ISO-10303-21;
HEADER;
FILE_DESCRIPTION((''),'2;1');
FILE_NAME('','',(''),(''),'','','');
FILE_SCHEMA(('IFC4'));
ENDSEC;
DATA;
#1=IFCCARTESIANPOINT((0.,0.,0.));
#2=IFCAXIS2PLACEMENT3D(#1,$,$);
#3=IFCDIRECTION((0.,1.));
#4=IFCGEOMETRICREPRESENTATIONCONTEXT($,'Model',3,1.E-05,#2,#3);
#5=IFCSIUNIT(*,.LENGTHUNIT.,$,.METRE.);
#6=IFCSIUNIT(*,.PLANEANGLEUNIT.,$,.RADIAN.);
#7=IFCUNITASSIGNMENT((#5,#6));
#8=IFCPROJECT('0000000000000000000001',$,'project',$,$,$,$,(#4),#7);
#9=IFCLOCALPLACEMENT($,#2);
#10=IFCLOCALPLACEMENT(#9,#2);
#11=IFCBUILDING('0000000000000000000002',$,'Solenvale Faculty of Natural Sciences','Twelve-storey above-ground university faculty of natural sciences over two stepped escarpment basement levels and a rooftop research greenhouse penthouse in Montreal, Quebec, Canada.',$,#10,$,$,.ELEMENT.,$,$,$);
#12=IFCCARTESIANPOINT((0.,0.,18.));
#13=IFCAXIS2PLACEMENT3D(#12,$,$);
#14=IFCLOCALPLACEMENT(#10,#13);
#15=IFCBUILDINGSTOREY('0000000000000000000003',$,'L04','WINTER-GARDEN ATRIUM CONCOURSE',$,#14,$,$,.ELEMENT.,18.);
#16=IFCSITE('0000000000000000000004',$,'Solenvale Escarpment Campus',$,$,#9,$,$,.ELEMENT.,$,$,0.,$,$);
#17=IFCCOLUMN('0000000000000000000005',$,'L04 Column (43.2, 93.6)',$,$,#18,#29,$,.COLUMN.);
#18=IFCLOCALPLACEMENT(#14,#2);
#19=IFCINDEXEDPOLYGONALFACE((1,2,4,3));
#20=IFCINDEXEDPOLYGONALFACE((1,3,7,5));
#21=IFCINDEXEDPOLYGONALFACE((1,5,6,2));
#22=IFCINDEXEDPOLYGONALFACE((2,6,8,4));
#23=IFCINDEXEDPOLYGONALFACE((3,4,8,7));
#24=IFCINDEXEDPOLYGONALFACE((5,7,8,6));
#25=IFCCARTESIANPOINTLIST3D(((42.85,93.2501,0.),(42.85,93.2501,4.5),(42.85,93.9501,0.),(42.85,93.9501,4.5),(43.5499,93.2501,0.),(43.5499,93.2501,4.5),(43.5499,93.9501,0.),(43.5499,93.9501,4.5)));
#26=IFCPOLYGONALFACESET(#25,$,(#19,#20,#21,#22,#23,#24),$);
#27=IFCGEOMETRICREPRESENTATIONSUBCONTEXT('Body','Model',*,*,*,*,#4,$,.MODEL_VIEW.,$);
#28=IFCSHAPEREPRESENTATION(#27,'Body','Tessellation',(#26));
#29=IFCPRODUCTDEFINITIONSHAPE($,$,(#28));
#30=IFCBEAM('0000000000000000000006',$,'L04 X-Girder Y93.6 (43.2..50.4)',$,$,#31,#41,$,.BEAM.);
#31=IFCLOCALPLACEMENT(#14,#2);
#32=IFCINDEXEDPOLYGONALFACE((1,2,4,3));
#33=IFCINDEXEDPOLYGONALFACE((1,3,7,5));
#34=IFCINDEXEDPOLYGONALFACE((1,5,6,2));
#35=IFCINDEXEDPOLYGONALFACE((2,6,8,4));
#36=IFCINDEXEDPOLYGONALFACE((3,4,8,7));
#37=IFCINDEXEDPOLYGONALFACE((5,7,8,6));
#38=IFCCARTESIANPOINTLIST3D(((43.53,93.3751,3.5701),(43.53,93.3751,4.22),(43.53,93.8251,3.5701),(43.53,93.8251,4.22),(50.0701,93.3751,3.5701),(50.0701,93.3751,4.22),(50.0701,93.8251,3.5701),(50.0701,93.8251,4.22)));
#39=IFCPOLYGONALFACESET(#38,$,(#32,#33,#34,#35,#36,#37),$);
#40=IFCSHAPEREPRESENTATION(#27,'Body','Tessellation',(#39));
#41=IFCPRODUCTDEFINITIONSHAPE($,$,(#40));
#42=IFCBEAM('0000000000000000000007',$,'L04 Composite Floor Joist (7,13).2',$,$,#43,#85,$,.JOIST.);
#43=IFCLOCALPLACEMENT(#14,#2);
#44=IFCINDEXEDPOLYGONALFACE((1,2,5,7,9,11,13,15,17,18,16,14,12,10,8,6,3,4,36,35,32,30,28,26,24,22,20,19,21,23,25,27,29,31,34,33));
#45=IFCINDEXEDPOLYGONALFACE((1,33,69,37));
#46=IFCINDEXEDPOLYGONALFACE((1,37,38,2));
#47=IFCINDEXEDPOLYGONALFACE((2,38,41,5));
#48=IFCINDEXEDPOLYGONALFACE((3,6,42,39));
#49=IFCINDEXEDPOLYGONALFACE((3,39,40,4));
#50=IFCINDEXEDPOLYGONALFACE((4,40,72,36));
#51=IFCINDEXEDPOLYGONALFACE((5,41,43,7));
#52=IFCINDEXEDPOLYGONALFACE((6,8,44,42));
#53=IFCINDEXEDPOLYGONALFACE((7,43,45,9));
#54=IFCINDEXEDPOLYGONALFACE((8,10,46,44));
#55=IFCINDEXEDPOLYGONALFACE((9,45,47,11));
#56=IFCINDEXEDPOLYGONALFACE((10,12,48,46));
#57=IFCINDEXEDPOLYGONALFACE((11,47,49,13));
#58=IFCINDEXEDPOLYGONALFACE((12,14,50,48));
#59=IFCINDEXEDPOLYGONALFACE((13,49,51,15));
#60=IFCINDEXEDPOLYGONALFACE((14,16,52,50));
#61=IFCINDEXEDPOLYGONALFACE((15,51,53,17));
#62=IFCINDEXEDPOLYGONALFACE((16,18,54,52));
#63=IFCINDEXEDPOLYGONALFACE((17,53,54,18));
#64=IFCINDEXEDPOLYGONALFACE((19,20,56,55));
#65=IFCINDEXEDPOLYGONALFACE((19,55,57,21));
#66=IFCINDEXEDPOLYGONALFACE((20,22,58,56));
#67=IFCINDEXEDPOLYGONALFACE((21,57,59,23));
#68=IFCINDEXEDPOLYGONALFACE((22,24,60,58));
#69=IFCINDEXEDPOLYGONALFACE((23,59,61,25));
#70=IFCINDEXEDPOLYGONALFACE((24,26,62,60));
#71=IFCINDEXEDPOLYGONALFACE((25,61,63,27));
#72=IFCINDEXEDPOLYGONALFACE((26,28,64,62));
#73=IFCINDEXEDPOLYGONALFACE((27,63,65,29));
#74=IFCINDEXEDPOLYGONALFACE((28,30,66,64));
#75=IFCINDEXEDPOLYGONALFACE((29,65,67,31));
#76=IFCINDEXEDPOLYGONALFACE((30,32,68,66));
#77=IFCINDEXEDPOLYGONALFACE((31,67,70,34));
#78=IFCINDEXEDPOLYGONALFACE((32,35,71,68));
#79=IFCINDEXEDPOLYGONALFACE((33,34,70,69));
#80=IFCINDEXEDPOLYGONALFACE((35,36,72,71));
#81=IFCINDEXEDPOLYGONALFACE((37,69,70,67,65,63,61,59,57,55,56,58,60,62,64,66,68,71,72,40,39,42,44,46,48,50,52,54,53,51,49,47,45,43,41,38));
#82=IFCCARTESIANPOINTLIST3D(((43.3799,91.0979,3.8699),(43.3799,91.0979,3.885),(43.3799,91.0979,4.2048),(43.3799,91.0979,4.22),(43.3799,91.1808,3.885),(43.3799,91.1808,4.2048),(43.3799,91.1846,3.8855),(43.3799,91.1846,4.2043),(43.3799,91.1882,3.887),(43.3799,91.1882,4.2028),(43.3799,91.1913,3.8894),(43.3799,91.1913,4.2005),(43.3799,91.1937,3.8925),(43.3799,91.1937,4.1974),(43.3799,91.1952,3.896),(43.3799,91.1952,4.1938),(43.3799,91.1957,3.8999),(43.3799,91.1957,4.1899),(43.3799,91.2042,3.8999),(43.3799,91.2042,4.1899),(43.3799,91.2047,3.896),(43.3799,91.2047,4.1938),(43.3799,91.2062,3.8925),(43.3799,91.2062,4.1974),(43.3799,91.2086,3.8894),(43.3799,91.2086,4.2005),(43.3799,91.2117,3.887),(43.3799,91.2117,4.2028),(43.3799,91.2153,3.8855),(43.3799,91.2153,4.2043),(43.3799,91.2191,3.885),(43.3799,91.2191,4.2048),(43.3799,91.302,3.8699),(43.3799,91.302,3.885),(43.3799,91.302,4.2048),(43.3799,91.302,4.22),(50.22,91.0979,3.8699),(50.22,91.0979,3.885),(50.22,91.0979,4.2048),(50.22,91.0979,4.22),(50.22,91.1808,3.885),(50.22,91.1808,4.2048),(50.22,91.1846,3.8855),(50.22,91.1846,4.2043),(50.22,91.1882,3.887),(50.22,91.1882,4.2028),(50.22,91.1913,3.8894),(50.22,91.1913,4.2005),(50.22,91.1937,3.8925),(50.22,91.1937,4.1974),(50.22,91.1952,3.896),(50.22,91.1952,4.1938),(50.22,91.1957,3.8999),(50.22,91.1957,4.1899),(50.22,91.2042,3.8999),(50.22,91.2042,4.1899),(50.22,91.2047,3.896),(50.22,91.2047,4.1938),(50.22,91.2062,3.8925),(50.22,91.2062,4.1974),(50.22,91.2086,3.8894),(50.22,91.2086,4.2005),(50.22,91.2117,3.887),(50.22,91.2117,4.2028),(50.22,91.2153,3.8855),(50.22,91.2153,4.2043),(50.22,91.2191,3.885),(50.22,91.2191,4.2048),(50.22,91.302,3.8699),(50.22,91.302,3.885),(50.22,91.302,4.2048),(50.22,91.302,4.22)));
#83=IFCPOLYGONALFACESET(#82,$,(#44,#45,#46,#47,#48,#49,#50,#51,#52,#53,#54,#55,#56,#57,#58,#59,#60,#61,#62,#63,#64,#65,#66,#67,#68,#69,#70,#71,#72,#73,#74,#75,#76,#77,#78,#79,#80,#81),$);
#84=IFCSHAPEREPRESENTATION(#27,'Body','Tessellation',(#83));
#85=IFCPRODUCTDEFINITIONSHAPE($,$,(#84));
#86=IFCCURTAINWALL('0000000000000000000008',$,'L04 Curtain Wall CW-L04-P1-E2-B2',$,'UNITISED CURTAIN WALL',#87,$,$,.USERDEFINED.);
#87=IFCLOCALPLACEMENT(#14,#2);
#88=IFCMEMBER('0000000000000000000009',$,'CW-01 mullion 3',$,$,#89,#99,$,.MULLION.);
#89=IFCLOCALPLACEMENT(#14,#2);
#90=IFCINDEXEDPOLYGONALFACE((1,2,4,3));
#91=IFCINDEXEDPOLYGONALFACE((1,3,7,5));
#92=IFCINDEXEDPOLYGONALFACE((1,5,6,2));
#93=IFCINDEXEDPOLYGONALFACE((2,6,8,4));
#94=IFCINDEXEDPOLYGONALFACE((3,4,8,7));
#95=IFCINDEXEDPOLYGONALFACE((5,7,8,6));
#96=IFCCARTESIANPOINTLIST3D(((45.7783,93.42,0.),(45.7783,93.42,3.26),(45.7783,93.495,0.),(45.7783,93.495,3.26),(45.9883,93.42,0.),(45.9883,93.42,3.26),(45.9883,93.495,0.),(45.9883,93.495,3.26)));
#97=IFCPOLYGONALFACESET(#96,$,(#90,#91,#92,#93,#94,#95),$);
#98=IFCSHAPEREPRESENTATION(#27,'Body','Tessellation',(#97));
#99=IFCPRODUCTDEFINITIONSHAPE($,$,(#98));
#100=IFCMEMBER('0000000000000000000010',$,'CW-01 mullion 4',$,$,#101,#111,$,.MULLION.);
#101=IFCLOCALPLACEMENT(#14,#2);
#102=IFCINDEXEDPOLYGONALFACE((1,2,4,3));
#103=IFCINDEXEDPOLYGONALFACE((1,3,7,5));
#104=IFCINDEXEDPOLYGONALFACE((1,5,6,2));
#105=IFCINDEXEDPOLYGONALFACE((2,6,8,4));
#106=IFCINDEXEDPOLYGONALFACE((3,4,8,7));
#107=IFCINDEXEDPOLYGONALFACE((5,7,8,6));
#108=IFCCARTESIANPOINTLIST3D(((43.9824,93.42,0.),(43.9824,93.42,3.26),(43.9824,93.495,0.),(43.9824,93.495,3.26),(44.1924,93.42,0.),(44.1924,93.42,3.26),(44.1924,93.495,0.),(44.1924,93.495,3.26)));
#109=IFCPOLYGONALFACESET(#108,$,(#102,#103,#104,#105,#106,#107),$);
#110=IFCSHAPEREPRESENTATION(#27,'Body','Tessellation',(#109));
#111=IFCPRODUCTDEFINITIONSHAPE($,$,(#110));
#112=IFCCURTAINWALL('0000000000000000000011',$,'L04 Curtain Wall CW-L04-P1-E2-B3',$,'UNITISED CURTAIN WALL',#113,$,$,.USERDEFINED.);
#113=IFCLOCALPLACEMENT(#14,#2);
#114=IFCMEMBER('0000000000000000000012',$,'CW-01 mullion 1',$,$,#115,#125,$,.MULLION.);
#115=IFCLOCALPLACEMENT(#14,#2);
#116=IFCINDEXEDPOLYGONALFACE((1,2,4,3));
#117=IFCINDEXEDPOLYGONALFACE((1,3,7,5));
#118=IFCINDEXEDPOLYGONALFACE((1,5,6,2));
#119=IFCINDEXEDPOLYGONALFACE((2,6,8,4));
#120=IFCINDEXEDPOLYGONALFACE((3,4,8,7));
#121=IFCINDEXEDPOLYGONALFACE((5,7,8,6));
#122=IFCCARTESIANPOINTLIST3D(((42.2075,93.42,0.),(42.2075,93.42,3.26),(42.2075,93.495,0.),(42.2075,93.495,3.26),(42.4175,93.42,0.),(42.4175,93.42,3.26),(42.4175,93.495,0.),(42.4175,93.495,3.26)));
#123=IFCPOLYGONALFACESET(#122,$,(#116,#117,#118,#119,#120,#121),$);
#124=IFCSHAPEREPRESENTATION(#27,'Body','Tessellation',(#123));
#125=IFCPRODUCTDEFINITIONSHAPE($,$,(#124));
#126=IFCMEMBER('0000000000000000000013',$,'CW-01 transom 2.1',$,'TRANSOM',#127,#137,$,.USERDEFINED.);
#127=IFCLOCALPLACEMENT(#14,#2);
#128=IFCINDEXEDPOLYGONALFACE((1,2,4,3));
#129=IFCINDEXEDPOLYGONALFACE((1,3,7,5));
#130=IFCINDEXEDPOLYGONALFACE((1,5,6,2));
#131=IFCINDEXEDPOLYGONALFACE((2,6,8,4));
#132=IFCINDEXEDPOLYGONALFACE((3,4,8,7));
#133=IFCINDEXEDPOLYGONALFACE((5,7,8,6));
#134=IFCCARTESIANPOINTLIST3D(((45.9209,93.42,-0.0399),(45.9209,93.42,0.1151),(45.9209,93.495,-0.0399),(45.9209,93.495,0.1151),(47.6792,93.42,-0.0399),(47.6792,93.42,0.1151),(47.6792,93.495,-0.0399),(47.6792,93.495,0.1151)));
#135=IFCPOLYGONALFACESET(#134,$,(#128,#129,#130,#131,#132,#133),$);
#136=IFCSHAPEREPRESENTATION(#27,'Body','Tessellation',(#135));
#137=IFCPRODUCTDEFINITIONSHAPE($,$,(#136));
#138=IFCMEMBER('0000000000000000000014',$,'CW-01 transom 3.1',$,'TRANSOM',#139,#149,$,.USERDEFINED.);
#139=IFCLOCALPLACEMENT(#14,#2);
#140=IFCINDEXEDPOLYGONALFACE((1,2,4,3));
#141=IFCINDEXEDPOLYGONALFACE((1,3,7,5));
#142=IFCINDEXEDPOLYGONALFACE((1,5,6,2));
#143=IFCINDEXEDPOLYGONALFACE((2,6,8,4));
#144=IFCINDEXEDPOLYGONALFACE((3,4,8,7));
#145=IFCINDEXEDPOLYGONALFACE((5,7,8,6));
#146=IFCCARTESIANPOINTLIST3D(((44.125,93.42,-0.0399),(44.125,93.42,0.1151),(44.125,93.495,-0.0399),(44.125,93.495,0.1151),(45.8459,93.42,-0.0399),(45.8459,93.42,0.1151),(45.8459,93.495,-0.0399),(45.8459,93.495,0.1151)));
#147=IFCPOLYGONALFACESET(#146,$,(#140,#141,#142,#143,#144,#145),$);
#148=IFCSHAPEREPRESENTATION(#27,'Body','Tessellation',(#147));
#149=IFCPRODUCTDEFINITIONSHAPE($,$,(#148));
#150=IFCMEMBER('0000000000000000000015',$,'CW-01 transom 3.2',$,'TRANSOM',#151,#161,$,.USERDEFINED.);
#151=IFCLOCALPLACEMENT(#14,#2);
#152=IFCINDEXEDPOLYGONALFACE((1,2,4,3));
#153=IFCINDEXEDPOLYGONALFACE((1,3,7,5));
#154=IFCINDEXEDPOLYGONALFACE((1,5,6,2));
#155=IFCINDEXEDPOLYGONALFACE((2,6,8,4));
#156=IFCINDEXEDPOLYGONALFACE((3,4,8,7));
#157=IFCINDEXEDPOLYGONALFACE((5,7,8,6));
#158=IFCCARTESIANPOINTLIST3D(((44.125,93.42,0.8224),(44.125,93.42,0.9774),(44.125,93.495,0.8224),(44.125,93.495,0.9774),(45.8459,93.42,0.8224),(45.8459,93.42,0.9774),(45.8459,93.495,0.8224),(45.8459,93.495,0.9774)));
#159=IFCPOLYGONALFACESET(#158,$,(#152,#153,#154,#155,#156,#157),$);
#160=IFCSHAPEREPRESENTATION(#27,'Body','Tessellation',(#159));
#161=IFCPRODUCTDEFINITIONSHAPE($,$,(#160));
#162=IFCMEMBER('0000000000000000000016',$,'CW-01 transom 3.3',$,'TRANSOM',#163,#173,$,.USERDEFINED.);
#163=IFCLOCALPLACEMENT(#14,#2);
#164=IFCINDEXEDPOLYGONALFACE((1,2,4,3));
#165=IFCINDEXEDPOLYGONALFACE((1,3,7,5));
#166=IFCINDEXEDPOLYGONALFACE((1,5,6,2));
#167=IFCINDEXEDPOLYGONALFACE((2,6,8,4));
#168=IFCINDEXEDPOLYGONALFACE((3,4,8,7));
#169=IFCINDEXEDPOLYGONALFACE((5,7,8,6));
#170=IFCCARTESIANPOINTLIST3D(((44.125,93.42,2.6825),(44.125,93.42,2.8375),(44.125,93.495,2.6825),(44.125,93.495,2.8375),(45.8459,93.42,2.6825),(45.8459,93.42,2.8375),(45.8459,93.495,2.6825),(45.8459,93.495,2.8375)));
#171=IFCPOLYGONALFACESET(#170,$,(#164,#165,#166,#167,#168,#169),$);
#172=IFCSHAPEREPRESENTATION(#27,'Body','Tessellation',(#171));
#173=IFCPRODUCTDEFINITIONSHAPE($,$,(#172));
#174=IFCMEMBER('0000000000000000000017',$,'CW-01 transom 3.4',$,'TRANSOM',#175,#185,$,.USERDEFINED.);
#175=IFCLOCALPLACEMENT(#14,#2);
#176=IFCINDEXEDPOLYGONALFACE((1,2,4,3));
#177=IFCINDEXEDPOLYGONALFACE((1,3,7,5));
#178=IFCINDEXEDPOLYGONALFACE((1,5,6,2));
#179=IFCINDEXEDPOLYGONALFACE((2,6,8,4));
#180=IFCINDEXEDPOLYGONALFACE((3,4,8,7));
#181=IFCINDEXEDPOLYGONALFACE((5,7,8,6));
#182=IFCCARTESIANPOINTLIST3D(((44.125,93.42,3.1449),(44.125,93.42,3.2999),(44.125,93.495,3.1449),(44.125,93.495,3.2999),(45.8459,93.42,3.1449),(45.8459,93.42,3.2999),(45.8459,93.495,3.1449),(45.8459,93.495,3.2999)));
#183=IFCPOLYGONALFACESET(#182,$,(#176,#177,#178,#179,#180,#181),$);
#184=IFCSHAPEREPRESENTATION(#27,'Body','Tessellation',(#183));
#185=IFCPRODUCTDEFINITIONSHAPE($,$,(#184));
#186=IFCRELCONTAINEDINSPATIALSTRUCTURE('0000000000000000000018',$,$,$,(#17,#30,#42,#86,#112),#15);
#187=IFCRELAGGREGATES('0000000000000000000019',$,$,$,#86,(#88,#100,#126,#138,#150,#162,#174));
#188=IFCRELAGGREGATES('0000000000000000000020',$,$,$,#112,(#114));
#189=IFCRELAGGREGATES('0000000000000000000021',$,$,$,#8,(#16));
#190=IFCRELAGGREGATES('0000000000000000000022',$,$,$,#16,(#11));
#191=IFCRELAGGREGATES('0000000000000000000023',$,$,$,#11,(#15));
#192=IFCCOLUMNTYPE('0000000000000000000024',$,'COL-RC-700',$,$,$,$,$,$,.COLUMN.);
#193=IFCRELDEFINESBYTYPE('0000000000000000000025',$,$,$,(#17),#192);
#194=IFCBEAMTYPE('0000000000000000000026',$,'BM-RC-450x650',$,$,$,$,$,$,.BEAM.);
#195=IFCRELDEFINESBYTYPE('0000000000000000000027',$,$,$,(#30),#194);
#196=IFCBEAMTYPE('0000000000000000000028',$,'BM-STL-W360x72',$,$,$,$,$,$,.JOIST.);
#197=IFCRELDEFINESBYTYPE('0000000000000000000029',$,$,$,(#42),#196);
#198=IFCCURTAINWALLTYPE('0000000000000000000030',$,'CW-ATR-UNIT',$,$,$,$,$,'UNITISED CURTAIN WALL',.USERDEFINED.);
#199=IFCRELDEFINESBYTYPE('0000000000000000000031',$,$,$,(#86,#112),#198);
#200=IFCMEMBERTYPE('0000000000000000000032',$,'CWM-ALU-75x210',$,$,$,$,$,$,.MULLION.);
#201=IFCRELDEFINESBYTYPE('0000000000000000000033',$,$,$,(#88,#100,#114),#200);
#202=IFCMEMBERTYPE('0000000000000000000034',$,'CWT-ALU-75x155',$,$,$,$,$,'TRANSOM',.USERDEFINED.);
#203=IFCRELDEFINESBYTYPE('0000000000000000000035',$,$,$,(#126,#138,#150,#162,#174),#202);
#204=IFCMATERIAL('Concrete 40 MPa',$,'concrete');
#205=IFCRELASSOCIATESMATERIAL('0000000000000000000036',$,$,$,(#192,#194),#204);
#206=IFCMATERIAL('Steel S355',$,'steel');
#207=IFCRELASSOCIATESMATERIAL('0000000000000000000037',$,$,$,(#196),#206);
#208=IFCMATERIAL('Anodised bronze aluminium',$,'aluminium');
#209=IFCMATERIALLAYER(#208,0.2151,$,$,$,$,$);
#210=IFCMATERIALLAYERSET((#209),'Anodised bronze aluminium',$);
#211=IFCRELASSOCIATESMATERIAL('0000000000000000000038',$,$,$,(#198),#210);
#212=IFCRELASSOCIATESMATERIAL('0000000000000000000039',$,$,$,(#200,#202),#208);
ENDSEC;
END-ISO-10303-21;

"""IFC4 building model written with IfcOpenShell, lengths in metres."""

from ifc_helpers import new_model, si_unit, direction, frame, origin, origin_2d, place, context, subcontext, project, spatial, rectangle, i_section, extrude, material, layer, layer_set, material_profile, profile_set, type_object, element, aggregate, save


model = new_model("IFC4")

# Units and contexts
model_context = context("Model", 3, precision=1e-05, world=origin(), true_north=direction((0.0, 1.0)))
body_context = subcontext(model_context, "Body", "Model", "MODEL_VIEW")
ifc_project = project(units=[si_unit("LENGTHUNIT", "METRE"), si_unit("PLANEANGLEUNIT", "RADIAN")], contexts=[model_context])

# Site, building, storey
site_placement = place(None, origin())
site = spatial("IfcSite", under=ifc_project, at=site_placement, Name="Solenvale Escarpment Campus", CompositionType="ELEMENT", RefElevation=0.0)
building_placement = place(site_placement, origin())
building = spatial("IfcBuilding", under=site, at=building_placement, Name="Solenvale Faculty of Natural Sciences", Description="Twelve-storey above-ground university faculty of natural sciences over two stepped escarpment basement levels and a rooftop research greenhouse penthouse in Montreal, Quebec, Canada.", CompositionType="ELEMENT")
storey_placement = place(building_placement, frame((0.0, 0.0, 18.0)))
storey = spatial("IfcBuildingStorey", under=building, at=storey_placement, Name="L04", Description="WINTER-GARDEN ATRIUM CONCOURSE", CompositionType="ELEMENT", Elevation=18.0)

# Column
ifc_material_1 = material(Name="Concrete 40 MPa", Category="concrete")
ifc_material_profile_1 = material_profile(ifc_material_1, rectangle(XDim=0.7, YDim=0.7, at=origin_2d()), Name="RC-COL-700x700")
ifc_profile_set_1 = profile_set([ifc_material_profile_1], Name="Concrete 40 MPa")
column_type = type_object("IfcColumnType", Name="COL-RC-700", PredefinedType="COLUMN", material=ifc_profile_set_1)
column_placement = place(storey_placement, frame((43.2, 93.6001, 0.0), z_axis=(0.0, 0.0, 1.0), x_axis=(1.0, 0.0, 0.0)))
element("IfcColumn", 1, at=column_placement, inside=storey, type_object=column_type, Name="L04 Column (43.2, 93.6)", PredefinedType="COLUMN", context=body_context, shape_type="SweptSolid", body=[
    extrude(rectangle(XDim=0.7, YDim=0.7, at=origin_2d()), origin(), (0.0, 0.0, 1.0), 4.5),
])

# Beams
ifc_material_profile_2 = material_profile(ifc_material_1, rectangle(XDim=0.45, YDim=0.6499, at=origin_2d()), Name="RC-BM-450x650")
ifc_profile_set_2 = profile_set([ifc_material_profile_2], Name="Concrete 40 MPa")
beam_type_1 = type_object("IfcBeamType", Name="BM-RC-450x650", PredefinedType="BEAM", material=ifc_profile_set_2)
beam_1_placement = place(storey_placement, frame((43.53, 93.6001, 3.895), z_axis=(1.0, 0.0, 0.0), x_axis=(0.0, 1.0, 0.0)))
element("IfcBeam", 2, at=beam_1_placement, inside=storey, type_object=beam_type_1, Name="L04 X-Girder Y93.6 (43.2..50.4)", PredefinedType="BEAM", context=body_context, shape_type="SweptSolid", body=[
    extrude(rectangle(XDim=0.45, YDim=0.6499, at=origin_2d()), origin(), (0.0, 0.0, 1.0), 6.54),
])
ifc_material_2 = material(Name="Steel S355", Category="steel")
ifc_material_profile_3 = material_profile(ifc_material_2, i_section(OverallWidth=0.2041, OverallDepth=0.3501, WebThickness=0.0085, FlangeThickness=0.0151, FilletRadius=0.0149, at=origin_2d()), Name="W360x72")
ifc_profile_set_3 = profile_set([ifc_material_profile_3], Name="Steel S355")
beam_type_2 = type_object("IfcBeamType", Name="BM-STL-W360x72", PredefinedType="JOIST", material=ifc_profile_set_3)
beam_2_placement = place(storey_placement, frame((43.3799, 91.2, 4.0449), z_axis=(1.0, 0.0, 0.0), x_axis=(0.0, 1.0, 0.0)))
element("IfcBeam", 3, at=beam_2_placement, inside=storey, type_object=beam_type_2, Name="L04 Composite Floor Joist (7,13).2", PredefinedType="JOIST", context=body_context, shape_type="SweptSolid", body=[
    extrude(i_section(OverallWidth=0.2041, OverallDepth=0.3501, WebThickness=0.0085, FlangeThickness=0.0151, FilletRadius=0.0149, at=origin_2d()), origin(), (0.0, 0.0, 1.0), 6.8401),
])

# Curtain wall, members
ifc_material_3 = material(Name="Anodised bronze aluminium", Category="aluminium")
ifc_layer_1 = layer(ifc_material_3, 0.2151)
ifc_layer_set_1 = layer_set([ifc_layer_1], Name="Anodised bronze aluminium")
curtain_wall_type = type_object("IfcCurtainWallType", Name="CW-ATR-UNIT", ElementType="UNITISED CURTAIN WALL", PredefinedType="USERDEFINED", material=ifc_layer_set_1)
curtain_wall_1_placement = place(storey_placement, origin())
curtain_wall_1 = element("IfcCurtainWall", 4, at=curtain_wall_1_placement, inside=storey, type_object=curtain_wall_type, Name="L04 Curtain Wall CW-L04-P1-E2-B2", ObjectType="UNITISED CURTAIN WALL", PredefinedType="USERDEFINED")
ifc_material_profile_4 = material_profile(ifc_material_3, rectangle(XDim=0.075, YDim=0.21, at=origin_2d()), Name="ALU-MUL-75x210")
ifc_profile_set_4 = profile_set([ifc_material_profile_4], Name="Anodised bronze aluminium")
member_type_1 = type_object("IfcMemberType", Name="CWM-ALU-75x210", PredefinedType="MULLION", material=ifc_profile_set_4)
member_1_placement = place(storey_placement, frame((45.8833, 93.4575, 0.0), z_axis=(0.0, 0.0, 1.0), x_axis=(0.0, -1.0, 0.0)))
member_1 = element("IfcMember", 5, at=member_1_placement, type_object=member_type_1, Name="CW-01 mullion 3", PredefinedType="MULLION", context=body_context, shape_type="SweptSolid", body=[
    extrude(rectangle(XDim=0.075, YDim=0.21, at=origin_2d()), origin(), (0.0, 0.0, 1.0), 3.26),
])
member_2_placement = place(storey_placement, frame((44.0874, 93.4575, 0.0), z_axis=(0.0, 0.0, 1.0), x_axis=(0.0, -1.0, 0.0)))
member_2 = element("IfcMember", 6, at=member_2_placement, type_object=member_type_1, Name="CW-01 mullion 4", PredefinedType="MULLION", context=body_context, shape_type="SweptSolid", body=[
    extrude(rectangle(XDim=0.075, YDim=0.21, at=origin_2d()), origin(), (0.0, 0.0, 1.0), 3.26),
])

# Curtain wall, member
curtain_wall_2_placement = place(storey_placement, origin())
curtain_wall_2 = element("IfcCurtainWall", 7, at=curtain_wall_2_placement, inside=storey, type_object=curtain_wall_type, Name="L04 Curtain Wall CW-L04-P1-E2-B3", ObjectType="UNITISED CURTAIN WALL", PredefinedType="USERDEFINED")
member_3_placement = place(storey_placement, frame((42.3125, 93.4575, 0.0), z_axis=(0.0, 0.0, 1.0), x_axis=(0.0, -1.0, 0.0)))
member_3 = element("IfcMember", 8, at=member_3_placement, type_object=member_type_1, Name="CW-01 mullion 1", PredefinedType="MULLION", context=body_context, shape_type="SweptSolid", body=[
    extrude(rectangle(XDim=0.075, YDim=0.21, at=origin_2d()), origin(), (0.0, 0.0, 1.0), 3.26),
])

# Members
ifc_material_profile_5 = material_profile(ifc_material_3, rectangle(XDim=0.075, YDim=0.155, at=origin_2d()), Name="ALU-TRN-75x155")
ifc_profile_set_5 = profile_set([ifc_material_profile_5], Name="Anodised bronze aluminium")
member_type_2 = type_object("IfcMemberType", Name="CWT-ALU-75x155", ElementType="TRANSOM", PredefinedType="USERDEFINED", material=ifc_profile_set_5)
member_4_placement = place(storey_placement, frame((47.6792, 93.4575, 0.0376), z_axis=(-1.0, 0.0, 0.0), x_axis=(0.0, -1.0, 0.0)))
member_4 = element("IfcMember", 9, at=member_4_placement, type_object=member_type_2, Name="CW-01 transom 2.1", ObjectType="TRANSOM", PredefinedType="USERDEFINED", context=body_context, shape_type="SweptSolid", body=[
    extrude(rectangle(XDim=0.075, YDim=0.155, at=origin_2d()), origin(), (0.0, 0.0, 1.0), 1.7583),
])
member_5_placement = place(storey_placement, frame((45.8459, 93.4575, 0.0376), z_axis=(-1.0, 0.0, 0.0), x_axis=(0.0, -1.0, 0.0)))
member_5 = element("IfcMember", 10, at=member_5_placement, type_object=member_type_2, Name="CW-01 transom 3.1", ObjectType="TRANSOM", PredefinedType="USERDEFINED", context=body_context, shape_type="SweptSolid", body=[
    extrude(rectangle(XDim=0.075, YDim=0.155, at=origin_2d()), origin(), (0.0, 0.0, 1.0), 1.7209),
])
member_6_placement = place(storey_placement, frame((45.8459, 93.4575, 0.8999), z_axis=(-1.0, 0.0, 0.0), x_axis=(0.0, -1.0, 0.0)))
member_6 = element("IfcMember", 11, at=member_6_placement, type_object=member_type_2, Name="CW-01 transom 3.2", ObjectType="TRANSOM", PredefinedType="USERDEFINED", context=body_context, shape_type="SweptSolid", body=[
    extrude(rectangle(XDim=0.075, YDim=0.155, at=origin_2d()), origin(), (0.0, 0.0, 1.0), 1.7209),
])
member_7_placement = place(storey_placement, frame((45.8459, 93.4575, 2.76), z_axis=(-1.0, 0.0, 0.0), x_axis=(0.0, -1.0, 0.0)))
member_7 = element("IfcMember", 12, at=member_7_placement, type_object=member_type_2, Name="CW-01 transom 3.3", ObjectType="TRANSOM", PredefinedType="USERDEFINED", context=body_context, shape_type="SweptSolid", body=[
    extrude(rectangle(XDim=0.075, YDim=0.155, at=origin_2d()), origin(), (0.0, 0.0, 1.0), 1.7209),
])
member_8_placement = place(storey_placement, frame((45.8459, 93.4575, 3.2224), z_axis=(-1.0, 0.0, 0.0), x_axis=(0.0, -1.0, 0.0)))
member_8 = element("IfcMember", 13, at=member_8_placement, type_object=member_type_2, Name="CW-01 transom 3.4", ObjectType="TRANSOM", PredefinedType="USERDEFINED", context=body_context, shape_type="SweptSolid", body=[
    extrude(rectangle(XDim=0.075, YDim=0.155, at=origin_2d()), origin(), (0.0, 0.0, 1.0), 1.7209),
])

aggregate(curtain_wall_1, [member_1, member_2, member_4, member_5, member_6, member_7, member_8])
aggregate(curtain_wall_2, [member_3])

save(model, "model.ifc")
